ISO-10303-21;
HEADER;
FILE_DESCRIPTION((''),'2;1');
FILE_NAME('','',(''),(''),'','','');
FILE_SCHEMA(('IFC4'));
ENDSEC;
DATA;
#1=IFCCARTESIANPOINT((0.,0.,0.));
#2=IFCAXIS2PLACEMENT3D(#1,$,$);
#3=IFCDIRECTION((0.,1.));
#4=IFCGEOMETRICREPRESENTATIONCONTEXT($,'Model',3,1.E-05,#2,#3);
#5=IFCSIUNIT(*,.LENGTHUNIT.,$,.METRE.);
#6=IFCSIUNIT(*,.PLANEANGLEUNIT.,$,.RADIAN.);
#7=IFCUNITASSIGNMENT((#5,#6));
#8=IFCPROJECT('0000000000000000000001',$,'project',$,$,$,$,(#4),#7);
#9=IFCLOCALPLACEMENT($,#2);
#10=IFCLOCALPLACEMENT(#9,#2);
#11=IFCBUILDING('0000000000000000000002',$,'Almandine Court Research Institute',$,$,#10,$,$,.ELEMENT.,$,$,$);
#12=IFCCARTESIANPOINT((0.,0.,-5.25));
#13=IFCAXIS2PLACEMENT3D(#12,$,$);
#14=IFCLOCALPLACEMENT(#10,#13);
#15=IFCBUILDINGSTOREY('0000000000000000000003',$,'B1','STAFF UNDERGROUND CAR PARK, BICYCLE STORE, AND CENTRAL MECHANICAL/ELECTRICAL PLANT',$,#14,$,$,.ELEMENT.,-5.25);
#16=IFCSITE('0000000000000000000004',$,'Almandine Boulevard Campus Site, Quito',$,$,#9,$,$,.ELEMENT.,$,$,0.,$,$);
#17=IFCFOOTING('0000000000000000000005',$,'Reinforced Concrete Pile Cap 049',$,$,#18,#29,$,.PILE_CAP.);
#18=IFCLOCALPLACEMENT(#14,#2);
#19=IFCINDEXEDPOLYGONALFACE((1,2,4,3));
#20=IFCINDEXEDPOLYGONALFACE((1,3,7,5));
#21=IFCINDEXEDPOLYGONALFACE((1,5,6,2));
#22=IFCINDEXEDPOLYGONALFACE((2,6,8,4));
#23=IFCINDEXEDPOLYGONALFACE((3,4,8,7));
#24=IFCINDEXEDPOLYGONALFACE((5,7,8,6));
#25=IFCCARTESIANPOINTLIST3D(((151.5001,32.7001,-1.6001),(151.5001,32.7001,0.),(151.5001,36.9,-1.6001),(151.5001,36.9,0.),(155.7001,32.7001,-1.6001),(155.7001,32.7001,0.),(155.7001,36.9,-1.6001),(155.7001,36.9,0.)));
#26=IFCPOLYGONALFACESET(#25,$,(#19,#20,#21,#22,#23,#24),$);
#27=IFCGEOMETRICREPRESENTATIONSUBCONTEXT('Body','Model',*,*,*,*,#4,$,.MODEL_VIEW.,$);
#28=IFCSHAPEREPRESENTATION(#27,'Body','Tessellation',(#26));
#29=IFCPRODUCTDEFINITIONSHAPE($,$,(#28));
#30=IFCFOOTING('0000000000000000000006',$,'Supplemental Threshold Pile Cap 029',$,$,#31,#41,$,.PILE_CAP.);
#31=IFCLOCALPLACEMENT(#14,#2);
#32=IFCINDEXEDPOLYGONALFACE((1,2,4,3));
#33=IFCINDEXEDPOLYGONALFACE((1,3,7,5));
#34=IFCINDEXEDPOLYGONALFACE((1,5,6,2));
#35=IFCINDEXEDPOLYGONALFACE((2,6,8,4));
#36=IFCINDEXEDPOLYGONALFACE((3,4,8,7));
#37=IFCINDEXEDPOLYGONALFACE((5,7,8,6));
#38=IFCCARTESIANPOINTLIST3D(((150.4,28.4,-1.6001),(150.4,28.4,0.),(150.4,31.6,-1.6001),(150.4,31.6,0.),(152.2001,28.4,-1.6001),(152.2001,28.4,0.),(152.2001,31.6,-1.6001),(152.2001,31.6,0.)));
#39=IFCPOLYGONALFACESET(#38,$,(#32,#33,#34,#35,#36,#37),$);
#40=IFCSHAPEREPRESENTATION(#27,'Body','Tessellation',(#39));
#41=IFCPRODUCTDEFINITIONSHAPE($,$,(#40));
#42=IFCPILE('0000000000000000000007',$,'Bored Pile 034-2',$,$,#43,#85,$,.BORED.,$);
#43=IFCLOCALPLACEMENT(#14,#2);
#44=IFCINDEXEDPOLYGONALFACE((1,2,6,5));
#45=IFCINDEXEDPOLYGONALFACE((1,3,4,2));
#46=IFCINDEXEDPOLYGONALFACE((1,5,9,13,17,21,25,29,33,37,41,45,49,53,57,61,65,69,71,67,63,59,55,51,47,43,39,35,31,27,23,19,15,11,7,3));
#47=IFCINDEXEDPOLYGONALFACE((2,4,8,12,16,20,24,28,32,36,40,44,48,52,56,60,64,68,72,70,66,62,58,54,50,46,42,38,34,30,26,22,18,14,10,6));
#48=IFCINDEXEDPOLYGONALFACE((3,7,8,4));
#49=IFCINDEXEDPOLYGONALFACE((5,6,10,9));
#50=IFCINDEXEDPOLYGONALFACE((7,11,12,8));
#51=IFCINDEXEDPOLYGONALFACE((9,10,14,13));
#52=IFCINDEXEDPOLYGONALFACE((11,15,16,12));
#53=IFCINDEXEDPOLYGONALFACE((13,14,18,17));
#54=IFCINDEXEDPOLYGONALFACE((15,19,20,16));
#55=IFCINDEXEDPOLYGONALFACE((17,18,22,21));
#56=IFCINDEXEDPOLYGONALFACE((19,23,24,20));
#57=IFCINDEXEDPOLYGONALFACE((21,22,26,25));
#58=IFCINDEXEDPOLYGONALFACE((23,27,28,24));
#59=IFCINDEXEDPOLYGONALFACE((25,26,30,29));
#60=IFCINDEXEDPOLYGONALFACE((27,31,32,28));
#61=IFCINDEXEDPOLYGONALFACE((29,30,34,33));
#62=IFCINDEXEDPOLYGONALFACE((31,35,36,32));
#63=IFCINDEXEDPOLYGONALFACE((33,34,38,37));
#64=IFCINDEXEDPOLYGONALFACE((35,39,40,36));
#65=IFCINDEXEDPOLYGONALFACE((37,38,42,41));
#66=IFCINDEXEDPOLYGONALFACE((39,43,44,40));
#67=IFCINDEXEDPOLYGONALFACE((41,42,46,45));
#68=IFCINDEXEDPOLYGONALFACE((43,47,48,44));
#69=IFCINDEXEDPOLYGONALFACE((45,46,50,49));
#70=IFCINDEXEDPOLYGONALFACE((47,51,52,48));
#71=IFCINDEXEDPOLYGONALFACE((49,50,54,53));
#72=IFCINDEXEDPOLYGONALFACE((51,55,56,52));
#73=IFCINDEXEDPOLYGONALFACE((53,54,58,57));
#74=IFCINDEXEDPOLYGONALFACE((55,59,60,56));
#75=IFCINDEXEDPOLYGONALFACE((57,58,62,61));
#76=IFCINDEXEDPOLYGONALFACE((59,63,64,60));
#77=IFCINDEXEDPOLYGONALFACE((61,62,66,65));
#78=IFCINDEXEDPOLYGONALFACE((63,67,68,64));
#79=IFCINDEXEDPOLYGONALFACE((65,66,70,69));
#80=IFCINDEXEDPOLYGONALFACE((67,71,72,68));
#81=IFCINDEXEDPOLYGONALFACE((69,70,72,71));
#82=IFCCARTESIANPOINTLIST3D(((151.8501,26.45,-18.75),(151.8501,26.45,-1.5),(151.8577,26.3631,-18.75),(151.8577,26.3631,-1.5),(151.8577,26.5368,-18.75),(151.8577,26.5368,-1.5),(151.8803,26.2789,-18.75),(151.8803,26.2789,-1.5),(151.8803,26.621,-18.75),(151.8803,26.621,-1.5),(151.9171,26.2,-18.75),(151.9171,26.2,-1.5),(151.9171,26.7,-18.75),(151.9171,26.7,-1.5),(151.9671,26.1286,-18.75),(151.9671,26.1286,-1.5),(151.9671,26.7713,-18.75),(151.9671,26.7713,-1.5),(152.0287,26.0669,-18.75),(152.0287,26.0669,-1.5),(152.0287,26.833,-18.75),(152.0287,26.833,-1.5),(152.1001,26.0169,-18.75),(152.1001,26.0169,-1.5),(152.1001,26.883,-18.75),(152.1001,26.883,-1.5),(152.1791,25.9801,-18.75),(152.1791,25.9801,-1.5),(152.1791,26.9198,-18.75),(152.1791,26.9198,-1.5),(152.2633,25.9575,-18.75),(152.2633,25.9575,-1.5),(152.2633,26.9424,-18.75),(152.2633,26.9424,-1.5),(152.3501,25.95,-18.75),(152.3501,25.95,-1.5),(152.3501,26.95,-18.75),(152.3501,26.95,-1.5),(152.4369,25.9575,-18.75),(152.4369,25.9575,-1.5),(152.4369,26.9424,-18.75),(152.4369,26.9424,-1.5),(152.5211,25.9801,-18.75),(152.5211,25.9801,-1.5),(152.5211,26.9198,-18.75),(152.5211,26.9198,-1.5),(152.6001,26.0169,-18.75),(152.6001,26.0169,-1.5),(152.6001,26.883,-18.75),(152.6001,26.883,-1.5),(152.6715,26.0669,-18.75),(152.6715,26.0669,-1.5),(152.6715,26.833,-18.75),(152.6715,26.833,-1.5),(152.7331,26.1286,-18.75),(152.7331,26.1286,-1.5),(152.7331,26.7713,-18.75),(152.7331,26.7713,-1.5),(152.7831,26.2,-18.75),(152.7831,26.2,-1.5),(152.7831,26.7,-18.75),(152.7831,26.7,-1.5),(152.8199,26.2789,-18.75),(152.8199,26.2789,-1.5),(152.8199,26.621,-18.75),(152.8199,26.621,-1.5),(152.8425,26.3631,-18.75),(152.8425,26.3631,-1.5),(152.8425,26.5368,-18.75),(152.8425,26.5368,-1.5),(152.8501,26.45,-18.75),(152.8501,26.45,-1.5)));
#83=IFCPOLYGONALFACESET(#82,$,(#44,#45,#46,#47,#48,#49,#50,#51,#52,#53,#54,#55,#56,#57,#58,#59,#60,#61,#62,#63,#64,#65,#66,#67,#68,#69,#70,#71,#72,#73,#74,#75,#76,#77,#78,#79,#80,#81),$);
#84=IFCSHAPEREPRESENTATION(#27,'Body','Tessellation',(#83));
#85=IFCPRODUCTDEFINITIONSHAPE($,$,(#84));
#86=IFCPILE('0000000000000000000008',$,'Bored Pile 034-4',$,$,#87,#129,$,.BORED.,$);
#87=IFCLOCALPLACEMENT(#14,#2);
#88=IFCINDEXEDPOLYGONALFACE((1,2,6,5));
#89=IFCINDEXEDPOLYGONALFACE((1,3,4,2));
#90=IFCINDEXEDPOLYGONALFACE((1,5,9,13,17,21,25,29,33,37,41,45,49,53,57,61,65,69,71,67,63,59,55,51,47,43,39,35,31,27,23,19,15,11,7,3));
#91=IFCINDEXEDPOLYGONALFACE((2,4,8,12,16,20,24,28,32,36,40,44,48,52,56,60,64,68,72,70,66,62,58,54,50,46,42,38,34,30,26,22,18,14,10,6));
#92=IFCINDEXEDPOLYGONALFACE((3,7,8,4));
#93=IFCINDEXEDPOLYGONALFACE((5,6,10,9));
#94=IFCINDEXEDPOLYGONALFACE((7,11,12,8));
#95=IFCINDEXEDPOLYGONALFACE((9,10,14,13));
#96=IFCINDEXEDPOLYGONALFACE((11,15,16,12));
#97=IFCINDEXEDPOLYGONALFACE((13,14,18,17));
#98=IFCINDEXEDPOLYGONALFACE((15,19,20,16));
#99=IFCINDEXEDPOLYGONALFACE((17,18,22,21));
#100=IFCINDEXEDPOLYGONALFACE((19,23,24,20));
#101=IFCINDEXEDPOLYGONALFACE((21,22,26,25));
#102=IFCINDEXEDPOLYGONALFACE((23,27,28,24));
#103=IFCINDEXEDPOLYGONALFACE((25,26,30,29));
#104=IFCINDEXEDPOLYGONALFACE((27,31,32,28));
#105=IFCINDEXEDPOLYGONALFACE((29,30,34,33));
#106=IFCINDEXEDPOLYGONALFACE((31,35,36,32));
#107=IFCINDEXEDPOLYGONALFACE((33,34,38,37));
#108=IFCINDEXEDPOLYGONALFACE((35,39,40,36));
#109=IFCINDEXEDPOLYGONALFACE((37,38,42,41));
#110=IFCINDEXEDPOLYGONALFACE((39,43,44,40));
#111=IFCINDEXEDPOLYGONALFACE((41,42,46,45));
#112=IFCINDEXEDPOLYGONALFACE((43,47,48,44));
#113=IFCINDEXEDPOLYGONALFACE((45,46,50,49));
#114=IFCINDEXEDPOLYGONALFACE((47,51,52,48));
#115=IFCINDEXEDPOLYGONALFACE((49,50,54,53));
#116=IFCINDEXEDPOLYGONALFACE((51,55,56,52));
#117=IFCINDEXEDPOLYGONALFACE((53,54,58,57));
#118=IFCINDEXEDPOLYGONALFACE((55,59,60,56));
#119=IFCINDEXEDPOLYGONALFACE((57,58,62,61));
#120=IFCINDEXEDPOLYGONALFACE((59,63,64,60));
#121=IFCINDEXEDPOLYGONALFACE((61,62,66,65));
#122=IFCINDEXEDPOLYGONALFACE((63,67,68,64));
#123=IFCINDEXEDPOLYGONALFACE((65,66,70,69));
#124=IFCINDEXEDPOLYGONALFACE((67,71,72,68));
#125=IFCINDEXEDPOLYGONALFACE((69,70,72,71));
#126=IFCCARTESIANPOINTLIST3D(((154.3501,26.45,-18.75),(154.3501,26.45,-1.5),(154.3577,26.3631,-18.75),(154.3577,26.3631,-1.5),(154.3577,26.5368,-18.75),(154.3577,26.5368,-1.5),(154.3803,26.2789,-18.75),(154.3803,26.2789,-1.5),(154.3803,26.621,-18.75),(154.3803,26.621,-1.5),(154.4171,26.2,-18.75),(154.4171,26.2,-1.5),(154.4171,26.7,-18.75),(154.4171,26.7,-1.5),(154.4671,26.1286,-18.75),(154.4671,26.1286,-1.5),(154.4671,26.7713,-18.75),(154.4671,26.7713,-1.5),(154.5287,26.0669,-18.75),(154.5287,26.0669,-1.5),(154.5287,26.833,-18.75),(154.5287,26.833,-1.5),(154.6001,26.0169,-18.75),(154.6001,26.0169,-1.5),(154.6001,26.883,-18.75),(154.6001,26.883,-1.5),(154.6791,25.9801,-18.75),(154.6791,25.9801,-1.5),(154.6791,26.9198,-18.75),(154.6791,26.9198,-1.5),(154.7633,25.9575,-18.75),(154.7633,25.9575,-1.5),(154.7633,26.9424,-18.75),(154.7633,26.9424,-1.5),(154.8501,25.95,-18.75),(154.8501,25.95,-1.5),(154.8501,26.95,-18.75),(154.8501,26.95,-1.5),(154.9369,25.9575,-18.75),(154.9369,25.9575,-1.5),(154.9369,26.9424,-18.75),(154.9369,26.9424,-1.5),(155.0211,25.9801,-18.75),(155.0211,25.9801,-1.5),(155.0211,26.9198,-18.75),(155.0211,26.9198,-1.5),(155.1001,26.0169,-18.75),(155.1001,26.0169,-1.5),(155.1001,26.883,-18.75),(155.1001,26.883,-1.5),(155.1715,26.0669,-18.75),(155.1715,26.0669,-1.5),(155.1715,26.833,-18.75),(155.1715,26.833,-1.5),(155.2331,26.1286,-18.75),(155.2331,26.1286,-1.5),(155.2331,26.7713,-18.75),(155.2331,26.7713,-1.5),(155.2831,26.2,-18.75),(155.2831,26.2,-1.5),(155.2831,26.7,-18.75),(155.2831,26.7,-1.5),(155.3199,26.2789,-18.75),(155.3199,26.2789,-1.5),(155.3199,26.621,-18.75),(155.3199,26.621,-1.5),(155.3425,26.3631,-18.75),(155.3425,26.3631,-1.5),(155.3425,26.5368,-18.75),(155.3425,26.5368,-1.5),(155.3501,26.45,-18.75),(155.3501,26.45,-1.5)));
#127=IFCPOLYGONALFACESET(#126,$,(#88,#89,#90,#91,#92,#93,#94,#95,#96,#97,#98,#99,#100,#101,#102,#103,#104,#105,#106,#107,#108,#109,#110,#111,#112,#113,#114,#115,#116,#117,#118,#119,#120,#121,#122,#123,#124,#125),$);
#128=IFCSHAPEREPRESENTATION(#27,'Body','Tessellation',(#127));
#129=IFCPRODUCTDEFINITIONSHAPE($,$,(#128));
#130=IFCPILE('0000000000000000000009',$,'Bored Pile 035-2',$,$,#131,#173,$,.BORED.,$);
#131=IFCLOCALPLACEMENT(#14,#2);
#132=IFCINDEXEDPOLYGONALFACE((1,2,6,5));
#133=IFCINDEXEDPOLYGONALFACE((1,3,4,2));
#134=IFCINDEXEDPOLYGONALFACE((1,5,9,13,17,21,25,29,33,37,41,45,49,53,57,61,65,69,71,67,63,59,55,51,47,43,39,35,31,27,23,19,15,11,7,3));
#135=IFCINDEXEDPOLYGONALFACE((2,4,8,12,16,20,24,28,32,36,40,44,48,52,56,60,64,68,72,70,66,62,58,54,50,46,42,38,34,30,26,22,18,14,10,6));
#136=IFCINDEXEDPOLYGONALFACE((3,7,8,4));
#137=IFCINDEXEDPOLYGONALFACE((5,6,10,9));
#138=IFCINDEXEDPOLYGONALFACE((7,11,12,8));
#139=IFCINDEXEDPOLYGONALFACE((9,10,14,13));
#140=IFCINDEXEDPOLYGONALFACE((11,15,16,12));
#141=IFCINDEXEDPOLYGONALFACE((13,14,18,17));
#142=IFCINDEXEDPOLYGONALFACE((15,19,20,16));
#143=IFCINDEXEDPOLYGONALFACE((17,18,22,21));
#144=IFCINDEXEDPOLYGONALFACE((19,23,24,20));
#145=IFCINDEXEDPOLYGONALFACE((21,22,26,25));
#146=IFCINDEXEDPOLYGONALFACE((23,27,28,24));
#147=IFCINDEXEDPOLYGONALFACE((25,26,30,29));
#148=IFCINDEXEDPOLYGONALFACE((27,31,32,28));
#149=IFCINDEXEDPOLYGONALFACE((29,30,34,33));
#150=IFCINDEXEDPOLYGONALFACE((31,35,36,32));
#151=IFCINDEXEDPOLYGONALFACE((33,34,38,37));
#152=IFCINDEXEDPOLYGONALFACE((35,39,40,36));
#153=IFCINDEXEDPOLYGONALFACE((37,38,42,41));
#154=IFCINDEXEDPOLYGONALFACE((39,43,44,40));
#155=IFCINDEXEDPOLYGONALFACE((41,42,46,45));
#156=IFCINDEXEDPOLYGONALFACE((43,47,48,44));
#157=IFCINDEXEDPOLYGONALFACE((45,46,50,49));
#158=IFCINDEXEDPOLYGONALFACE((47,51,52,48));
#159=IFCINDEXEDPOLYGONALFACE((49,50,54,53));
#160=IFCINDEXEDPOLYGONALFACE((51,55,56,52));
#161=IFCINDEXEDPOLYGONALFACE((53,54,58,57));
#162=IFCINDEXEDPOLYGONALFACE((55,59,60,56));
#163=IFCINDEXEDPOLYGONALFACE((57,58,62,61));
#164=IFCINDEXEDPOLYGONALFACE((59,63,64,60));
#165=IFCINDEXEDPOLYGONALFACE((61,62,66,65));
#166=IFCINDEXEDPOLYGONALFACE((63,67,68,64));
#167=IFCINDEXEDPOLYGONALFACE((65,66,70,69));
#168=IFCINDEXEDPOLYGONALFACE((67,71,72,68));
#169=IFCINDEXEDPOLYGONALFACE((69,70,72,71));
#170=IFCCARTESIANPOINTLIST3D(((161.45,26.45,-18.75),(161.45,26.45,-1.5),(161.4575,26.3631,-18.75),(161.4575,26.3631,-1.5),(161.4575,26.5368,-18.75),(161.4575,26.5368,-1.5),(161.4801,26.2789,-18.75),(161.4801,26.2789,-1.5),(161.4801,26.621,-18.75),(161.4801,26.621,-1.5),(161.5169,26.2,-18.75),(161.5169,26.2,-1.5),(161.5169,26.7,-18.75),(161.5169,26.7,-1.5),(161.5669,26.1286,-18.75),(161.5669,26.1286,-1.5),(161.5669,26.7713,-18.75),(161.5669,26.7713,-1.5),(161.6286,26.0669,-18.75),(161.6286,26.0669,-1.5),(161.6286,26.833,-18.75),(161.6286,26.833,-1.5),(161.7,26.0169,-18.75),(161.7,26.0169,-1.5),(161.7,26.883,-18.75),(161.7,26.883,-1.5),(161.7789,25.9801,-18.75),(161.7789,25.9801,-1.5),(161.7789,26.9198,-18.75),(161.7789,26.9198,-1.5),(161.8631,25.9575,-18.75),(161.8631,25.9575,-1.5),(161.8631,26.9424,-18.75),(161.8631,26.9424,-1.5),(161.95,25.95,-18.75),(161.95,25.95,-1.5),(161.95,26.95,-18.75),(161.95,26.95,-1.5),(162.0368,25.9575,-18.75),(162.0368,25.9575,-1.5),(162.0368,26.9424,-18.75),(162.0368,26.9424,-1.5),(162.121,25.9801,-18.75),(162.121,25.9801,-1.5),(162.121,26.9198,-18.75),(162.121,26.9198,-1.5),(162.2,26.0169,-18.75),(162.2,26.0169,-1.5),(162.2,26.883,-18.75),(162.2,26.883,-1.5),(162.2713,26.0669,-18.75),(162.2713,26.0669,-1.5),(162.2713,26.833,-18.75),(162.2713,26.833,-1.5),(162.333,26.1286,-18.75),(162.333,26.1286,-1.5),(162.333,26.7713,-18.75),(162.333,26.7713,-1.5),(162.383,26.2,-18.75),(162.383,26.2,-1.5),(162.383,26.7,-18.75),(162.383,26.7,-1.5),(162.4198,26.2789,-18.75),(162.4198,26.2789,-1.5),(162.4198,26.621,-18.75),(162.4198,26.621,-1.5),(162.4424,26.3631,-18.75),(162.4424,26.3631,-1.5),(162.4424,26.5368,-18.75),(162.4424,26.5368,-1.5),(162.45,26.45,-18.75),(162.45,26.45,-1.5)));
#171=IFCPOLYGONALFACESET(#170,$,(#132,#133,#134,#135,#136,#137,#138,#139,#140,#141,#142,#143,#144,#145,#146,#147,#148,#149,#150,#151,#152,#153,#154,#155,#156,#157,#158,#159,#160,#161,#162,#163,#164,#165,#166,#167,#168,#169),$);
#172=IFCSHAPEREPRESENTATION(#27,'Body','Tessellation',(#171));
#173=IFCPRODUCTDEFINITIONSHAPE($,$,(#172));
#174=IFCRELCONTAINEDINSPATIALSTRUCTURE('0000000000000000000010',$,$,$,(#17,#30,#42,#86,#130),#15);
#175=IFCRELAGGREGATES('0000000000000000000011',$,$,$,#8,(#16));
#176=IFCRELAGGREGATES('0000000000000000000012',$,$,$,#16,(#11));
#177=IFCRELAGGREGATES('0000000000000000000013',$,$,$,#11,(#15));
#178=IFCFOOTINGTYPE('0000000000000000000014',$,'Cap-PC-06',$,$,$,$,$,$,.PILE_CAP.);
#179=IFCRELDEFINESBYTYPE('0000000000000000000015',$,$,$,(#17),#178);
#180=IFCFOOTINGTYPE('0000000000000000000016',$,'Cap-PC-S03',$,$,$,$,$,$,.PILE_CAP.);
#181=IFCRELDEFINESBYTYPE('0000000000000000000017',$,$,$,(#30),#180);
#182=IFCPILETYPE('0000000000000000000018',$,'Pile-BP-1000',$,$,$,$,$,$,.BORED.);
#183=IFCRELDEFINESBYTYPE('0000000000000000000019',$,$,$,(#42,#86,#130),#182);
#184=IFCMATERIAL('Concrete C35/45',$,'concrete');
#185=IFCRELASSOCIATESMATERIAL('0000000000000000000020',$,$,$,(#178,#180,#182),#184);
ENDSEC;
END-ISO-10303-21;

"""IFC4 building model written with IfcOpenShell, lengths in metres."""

from ifc_helpers import new_model, si_unit, direction, frame, origin, origin_2d, place, context, subcontext, project, spatial, rectangle, circle, extrude, material, material_profile, profile_set, type_object, element, save


model = new_model("IFC4")

# Units and contexts
model_context = context("Model", 3, precision=1e-05, world=origin(), true_north=direction((0.0, 1.0)))
body_context = subcontext(model_context, "Body", "Model", "MODEL_VIEW")
ifc_project = project(units=[si_unit("LENGTHUNIT", "METRE"), si_unit("PLANEANGLEUNIT", "RADIAN")], contexts=[model_context])

# Site, building, storey
site_placement = place(None, origin())
site = spatial("IfcSite", under=ifc_project, at=site_placement, Name="Almandine Boulevard Campus Site, Quito", CompositionType="ELEMENT", RefElevation=0.0)
building_placement = place(site_placement, origin())
building = spatial("IfcBuilding", under=site, at=building_placement, Name="Almandine Court Research Institute", CompositionType="ELEMENT")
storey_placement = place(building_placement, frame((0.0, 0.0, -5.25)))
storey = spatial("IfcBuildingStorey", under=building, at=storey_placement, Name="B1", Description="STAFF UNDERGROUND CAR PARK, BICYCLE STORE, AND CENTRAL MECHANICAL/ELECTRICAL PLANT", CompositionType="ELEMENT", Elevation=-5.25)

# Footings
ifc_material_1 = material(Name="Concrete C35/45", Category="concrete")
footing_type_1 = type_object("IfcFootingType", Name="Cap-PC-06", PredefinedType="PILE_CAP", material=ifc_material_1)
footing_1_placement = place(storey_placement, frame((153.6001, 34.8, -1.6001), z_axis=(0.0, 0.0, 1.0), x_axis=(1.0, 0.0, 0.0)))
element("IfcFooting", 1, at=footing_1_placement, inside=storey, type_object=footing_type_1, Name="Reinforced Concrete Pile Cap 049", PredefinedType="PILE_CAP", context=body_context, shape_type="SweptSolid", body=[
    extrude(rectangle(XDim=4.2, YDim=4.2, at=origin_2d()), origin(), (0.0, 0.0, 1.0), 1.6001),
])
footing_type_2 = type_object("IfcFootingType", Name="Cap-PC-S03", PredefinedType="PILE_CAP", material=ifc_material_1)
footing_2_placement = place(storey_placement, frame((151.3, 30.0, -1.6001), z_axis=(0.0, 0.0, 1.0), x_axis=(1.0, 0.0, 0.0)))
element("IfcFooting", 2, at=footing_2_placement, inside=storey, type_object=footing_type_2, Name="Supplemental Threshold Pile Cap 029", PredefinedType="PILE_CAP", context=body_context, shape_type="SweptSolid", body=[
    extrude(rectangle(XDim=1.8, YDim=3.2, at=origin_2d()), origin(), (0.0, 0.0, 1.0), 1.6001),
])

# Piles
ifc_material_profile_1 = material_profile(ifc_material_1, circle(Radius=0.5, at=origin_2d()), Name="BORED PILE D1000")
ifc_profile_set_1 = profile_set([ifc_material_profile_1], Name="Concrete C35/45")
pile_type_1 = type_object("IfcPileType", Name="Pile-BP-1000", PredefinedType="BORED", material=ifc_profile_set_1)
for number, where, z_axis, x_axis, name in (
    (3, (152.3501, 26.45, -1.5), (0.0, 0.0, -1.0), (1.0, 0.0, 0.0), "Bored Pile 034-2"),
    (4, (154.8501, 26.45, -1.5), (0.0, 0.0, -1.0), (1.0, 0.0, 0.0), "Bored Pile 034-4"),
    (5, (161.95, 26.45, -1.5), (0.0, 0.0, -1.0), (1.0, 0.0, 0.0), "Bored Pile 035-2"),
):
    element("IfcPile", number, at=place(storey_placement, frame(where, z_axis=z_axis, x_axis=x_axis)), inside=storey, type_object=pile_type_1, Name=name, PredefinedType="BORED", context=body_context, shape_type="SweptSolid", body=[
        extrude(circle(Radius=0.5, at=origin_2d()), origin(), (0.0, 0.0, 1.0), 17.25),
    ])

save(model, "model.ifc")
